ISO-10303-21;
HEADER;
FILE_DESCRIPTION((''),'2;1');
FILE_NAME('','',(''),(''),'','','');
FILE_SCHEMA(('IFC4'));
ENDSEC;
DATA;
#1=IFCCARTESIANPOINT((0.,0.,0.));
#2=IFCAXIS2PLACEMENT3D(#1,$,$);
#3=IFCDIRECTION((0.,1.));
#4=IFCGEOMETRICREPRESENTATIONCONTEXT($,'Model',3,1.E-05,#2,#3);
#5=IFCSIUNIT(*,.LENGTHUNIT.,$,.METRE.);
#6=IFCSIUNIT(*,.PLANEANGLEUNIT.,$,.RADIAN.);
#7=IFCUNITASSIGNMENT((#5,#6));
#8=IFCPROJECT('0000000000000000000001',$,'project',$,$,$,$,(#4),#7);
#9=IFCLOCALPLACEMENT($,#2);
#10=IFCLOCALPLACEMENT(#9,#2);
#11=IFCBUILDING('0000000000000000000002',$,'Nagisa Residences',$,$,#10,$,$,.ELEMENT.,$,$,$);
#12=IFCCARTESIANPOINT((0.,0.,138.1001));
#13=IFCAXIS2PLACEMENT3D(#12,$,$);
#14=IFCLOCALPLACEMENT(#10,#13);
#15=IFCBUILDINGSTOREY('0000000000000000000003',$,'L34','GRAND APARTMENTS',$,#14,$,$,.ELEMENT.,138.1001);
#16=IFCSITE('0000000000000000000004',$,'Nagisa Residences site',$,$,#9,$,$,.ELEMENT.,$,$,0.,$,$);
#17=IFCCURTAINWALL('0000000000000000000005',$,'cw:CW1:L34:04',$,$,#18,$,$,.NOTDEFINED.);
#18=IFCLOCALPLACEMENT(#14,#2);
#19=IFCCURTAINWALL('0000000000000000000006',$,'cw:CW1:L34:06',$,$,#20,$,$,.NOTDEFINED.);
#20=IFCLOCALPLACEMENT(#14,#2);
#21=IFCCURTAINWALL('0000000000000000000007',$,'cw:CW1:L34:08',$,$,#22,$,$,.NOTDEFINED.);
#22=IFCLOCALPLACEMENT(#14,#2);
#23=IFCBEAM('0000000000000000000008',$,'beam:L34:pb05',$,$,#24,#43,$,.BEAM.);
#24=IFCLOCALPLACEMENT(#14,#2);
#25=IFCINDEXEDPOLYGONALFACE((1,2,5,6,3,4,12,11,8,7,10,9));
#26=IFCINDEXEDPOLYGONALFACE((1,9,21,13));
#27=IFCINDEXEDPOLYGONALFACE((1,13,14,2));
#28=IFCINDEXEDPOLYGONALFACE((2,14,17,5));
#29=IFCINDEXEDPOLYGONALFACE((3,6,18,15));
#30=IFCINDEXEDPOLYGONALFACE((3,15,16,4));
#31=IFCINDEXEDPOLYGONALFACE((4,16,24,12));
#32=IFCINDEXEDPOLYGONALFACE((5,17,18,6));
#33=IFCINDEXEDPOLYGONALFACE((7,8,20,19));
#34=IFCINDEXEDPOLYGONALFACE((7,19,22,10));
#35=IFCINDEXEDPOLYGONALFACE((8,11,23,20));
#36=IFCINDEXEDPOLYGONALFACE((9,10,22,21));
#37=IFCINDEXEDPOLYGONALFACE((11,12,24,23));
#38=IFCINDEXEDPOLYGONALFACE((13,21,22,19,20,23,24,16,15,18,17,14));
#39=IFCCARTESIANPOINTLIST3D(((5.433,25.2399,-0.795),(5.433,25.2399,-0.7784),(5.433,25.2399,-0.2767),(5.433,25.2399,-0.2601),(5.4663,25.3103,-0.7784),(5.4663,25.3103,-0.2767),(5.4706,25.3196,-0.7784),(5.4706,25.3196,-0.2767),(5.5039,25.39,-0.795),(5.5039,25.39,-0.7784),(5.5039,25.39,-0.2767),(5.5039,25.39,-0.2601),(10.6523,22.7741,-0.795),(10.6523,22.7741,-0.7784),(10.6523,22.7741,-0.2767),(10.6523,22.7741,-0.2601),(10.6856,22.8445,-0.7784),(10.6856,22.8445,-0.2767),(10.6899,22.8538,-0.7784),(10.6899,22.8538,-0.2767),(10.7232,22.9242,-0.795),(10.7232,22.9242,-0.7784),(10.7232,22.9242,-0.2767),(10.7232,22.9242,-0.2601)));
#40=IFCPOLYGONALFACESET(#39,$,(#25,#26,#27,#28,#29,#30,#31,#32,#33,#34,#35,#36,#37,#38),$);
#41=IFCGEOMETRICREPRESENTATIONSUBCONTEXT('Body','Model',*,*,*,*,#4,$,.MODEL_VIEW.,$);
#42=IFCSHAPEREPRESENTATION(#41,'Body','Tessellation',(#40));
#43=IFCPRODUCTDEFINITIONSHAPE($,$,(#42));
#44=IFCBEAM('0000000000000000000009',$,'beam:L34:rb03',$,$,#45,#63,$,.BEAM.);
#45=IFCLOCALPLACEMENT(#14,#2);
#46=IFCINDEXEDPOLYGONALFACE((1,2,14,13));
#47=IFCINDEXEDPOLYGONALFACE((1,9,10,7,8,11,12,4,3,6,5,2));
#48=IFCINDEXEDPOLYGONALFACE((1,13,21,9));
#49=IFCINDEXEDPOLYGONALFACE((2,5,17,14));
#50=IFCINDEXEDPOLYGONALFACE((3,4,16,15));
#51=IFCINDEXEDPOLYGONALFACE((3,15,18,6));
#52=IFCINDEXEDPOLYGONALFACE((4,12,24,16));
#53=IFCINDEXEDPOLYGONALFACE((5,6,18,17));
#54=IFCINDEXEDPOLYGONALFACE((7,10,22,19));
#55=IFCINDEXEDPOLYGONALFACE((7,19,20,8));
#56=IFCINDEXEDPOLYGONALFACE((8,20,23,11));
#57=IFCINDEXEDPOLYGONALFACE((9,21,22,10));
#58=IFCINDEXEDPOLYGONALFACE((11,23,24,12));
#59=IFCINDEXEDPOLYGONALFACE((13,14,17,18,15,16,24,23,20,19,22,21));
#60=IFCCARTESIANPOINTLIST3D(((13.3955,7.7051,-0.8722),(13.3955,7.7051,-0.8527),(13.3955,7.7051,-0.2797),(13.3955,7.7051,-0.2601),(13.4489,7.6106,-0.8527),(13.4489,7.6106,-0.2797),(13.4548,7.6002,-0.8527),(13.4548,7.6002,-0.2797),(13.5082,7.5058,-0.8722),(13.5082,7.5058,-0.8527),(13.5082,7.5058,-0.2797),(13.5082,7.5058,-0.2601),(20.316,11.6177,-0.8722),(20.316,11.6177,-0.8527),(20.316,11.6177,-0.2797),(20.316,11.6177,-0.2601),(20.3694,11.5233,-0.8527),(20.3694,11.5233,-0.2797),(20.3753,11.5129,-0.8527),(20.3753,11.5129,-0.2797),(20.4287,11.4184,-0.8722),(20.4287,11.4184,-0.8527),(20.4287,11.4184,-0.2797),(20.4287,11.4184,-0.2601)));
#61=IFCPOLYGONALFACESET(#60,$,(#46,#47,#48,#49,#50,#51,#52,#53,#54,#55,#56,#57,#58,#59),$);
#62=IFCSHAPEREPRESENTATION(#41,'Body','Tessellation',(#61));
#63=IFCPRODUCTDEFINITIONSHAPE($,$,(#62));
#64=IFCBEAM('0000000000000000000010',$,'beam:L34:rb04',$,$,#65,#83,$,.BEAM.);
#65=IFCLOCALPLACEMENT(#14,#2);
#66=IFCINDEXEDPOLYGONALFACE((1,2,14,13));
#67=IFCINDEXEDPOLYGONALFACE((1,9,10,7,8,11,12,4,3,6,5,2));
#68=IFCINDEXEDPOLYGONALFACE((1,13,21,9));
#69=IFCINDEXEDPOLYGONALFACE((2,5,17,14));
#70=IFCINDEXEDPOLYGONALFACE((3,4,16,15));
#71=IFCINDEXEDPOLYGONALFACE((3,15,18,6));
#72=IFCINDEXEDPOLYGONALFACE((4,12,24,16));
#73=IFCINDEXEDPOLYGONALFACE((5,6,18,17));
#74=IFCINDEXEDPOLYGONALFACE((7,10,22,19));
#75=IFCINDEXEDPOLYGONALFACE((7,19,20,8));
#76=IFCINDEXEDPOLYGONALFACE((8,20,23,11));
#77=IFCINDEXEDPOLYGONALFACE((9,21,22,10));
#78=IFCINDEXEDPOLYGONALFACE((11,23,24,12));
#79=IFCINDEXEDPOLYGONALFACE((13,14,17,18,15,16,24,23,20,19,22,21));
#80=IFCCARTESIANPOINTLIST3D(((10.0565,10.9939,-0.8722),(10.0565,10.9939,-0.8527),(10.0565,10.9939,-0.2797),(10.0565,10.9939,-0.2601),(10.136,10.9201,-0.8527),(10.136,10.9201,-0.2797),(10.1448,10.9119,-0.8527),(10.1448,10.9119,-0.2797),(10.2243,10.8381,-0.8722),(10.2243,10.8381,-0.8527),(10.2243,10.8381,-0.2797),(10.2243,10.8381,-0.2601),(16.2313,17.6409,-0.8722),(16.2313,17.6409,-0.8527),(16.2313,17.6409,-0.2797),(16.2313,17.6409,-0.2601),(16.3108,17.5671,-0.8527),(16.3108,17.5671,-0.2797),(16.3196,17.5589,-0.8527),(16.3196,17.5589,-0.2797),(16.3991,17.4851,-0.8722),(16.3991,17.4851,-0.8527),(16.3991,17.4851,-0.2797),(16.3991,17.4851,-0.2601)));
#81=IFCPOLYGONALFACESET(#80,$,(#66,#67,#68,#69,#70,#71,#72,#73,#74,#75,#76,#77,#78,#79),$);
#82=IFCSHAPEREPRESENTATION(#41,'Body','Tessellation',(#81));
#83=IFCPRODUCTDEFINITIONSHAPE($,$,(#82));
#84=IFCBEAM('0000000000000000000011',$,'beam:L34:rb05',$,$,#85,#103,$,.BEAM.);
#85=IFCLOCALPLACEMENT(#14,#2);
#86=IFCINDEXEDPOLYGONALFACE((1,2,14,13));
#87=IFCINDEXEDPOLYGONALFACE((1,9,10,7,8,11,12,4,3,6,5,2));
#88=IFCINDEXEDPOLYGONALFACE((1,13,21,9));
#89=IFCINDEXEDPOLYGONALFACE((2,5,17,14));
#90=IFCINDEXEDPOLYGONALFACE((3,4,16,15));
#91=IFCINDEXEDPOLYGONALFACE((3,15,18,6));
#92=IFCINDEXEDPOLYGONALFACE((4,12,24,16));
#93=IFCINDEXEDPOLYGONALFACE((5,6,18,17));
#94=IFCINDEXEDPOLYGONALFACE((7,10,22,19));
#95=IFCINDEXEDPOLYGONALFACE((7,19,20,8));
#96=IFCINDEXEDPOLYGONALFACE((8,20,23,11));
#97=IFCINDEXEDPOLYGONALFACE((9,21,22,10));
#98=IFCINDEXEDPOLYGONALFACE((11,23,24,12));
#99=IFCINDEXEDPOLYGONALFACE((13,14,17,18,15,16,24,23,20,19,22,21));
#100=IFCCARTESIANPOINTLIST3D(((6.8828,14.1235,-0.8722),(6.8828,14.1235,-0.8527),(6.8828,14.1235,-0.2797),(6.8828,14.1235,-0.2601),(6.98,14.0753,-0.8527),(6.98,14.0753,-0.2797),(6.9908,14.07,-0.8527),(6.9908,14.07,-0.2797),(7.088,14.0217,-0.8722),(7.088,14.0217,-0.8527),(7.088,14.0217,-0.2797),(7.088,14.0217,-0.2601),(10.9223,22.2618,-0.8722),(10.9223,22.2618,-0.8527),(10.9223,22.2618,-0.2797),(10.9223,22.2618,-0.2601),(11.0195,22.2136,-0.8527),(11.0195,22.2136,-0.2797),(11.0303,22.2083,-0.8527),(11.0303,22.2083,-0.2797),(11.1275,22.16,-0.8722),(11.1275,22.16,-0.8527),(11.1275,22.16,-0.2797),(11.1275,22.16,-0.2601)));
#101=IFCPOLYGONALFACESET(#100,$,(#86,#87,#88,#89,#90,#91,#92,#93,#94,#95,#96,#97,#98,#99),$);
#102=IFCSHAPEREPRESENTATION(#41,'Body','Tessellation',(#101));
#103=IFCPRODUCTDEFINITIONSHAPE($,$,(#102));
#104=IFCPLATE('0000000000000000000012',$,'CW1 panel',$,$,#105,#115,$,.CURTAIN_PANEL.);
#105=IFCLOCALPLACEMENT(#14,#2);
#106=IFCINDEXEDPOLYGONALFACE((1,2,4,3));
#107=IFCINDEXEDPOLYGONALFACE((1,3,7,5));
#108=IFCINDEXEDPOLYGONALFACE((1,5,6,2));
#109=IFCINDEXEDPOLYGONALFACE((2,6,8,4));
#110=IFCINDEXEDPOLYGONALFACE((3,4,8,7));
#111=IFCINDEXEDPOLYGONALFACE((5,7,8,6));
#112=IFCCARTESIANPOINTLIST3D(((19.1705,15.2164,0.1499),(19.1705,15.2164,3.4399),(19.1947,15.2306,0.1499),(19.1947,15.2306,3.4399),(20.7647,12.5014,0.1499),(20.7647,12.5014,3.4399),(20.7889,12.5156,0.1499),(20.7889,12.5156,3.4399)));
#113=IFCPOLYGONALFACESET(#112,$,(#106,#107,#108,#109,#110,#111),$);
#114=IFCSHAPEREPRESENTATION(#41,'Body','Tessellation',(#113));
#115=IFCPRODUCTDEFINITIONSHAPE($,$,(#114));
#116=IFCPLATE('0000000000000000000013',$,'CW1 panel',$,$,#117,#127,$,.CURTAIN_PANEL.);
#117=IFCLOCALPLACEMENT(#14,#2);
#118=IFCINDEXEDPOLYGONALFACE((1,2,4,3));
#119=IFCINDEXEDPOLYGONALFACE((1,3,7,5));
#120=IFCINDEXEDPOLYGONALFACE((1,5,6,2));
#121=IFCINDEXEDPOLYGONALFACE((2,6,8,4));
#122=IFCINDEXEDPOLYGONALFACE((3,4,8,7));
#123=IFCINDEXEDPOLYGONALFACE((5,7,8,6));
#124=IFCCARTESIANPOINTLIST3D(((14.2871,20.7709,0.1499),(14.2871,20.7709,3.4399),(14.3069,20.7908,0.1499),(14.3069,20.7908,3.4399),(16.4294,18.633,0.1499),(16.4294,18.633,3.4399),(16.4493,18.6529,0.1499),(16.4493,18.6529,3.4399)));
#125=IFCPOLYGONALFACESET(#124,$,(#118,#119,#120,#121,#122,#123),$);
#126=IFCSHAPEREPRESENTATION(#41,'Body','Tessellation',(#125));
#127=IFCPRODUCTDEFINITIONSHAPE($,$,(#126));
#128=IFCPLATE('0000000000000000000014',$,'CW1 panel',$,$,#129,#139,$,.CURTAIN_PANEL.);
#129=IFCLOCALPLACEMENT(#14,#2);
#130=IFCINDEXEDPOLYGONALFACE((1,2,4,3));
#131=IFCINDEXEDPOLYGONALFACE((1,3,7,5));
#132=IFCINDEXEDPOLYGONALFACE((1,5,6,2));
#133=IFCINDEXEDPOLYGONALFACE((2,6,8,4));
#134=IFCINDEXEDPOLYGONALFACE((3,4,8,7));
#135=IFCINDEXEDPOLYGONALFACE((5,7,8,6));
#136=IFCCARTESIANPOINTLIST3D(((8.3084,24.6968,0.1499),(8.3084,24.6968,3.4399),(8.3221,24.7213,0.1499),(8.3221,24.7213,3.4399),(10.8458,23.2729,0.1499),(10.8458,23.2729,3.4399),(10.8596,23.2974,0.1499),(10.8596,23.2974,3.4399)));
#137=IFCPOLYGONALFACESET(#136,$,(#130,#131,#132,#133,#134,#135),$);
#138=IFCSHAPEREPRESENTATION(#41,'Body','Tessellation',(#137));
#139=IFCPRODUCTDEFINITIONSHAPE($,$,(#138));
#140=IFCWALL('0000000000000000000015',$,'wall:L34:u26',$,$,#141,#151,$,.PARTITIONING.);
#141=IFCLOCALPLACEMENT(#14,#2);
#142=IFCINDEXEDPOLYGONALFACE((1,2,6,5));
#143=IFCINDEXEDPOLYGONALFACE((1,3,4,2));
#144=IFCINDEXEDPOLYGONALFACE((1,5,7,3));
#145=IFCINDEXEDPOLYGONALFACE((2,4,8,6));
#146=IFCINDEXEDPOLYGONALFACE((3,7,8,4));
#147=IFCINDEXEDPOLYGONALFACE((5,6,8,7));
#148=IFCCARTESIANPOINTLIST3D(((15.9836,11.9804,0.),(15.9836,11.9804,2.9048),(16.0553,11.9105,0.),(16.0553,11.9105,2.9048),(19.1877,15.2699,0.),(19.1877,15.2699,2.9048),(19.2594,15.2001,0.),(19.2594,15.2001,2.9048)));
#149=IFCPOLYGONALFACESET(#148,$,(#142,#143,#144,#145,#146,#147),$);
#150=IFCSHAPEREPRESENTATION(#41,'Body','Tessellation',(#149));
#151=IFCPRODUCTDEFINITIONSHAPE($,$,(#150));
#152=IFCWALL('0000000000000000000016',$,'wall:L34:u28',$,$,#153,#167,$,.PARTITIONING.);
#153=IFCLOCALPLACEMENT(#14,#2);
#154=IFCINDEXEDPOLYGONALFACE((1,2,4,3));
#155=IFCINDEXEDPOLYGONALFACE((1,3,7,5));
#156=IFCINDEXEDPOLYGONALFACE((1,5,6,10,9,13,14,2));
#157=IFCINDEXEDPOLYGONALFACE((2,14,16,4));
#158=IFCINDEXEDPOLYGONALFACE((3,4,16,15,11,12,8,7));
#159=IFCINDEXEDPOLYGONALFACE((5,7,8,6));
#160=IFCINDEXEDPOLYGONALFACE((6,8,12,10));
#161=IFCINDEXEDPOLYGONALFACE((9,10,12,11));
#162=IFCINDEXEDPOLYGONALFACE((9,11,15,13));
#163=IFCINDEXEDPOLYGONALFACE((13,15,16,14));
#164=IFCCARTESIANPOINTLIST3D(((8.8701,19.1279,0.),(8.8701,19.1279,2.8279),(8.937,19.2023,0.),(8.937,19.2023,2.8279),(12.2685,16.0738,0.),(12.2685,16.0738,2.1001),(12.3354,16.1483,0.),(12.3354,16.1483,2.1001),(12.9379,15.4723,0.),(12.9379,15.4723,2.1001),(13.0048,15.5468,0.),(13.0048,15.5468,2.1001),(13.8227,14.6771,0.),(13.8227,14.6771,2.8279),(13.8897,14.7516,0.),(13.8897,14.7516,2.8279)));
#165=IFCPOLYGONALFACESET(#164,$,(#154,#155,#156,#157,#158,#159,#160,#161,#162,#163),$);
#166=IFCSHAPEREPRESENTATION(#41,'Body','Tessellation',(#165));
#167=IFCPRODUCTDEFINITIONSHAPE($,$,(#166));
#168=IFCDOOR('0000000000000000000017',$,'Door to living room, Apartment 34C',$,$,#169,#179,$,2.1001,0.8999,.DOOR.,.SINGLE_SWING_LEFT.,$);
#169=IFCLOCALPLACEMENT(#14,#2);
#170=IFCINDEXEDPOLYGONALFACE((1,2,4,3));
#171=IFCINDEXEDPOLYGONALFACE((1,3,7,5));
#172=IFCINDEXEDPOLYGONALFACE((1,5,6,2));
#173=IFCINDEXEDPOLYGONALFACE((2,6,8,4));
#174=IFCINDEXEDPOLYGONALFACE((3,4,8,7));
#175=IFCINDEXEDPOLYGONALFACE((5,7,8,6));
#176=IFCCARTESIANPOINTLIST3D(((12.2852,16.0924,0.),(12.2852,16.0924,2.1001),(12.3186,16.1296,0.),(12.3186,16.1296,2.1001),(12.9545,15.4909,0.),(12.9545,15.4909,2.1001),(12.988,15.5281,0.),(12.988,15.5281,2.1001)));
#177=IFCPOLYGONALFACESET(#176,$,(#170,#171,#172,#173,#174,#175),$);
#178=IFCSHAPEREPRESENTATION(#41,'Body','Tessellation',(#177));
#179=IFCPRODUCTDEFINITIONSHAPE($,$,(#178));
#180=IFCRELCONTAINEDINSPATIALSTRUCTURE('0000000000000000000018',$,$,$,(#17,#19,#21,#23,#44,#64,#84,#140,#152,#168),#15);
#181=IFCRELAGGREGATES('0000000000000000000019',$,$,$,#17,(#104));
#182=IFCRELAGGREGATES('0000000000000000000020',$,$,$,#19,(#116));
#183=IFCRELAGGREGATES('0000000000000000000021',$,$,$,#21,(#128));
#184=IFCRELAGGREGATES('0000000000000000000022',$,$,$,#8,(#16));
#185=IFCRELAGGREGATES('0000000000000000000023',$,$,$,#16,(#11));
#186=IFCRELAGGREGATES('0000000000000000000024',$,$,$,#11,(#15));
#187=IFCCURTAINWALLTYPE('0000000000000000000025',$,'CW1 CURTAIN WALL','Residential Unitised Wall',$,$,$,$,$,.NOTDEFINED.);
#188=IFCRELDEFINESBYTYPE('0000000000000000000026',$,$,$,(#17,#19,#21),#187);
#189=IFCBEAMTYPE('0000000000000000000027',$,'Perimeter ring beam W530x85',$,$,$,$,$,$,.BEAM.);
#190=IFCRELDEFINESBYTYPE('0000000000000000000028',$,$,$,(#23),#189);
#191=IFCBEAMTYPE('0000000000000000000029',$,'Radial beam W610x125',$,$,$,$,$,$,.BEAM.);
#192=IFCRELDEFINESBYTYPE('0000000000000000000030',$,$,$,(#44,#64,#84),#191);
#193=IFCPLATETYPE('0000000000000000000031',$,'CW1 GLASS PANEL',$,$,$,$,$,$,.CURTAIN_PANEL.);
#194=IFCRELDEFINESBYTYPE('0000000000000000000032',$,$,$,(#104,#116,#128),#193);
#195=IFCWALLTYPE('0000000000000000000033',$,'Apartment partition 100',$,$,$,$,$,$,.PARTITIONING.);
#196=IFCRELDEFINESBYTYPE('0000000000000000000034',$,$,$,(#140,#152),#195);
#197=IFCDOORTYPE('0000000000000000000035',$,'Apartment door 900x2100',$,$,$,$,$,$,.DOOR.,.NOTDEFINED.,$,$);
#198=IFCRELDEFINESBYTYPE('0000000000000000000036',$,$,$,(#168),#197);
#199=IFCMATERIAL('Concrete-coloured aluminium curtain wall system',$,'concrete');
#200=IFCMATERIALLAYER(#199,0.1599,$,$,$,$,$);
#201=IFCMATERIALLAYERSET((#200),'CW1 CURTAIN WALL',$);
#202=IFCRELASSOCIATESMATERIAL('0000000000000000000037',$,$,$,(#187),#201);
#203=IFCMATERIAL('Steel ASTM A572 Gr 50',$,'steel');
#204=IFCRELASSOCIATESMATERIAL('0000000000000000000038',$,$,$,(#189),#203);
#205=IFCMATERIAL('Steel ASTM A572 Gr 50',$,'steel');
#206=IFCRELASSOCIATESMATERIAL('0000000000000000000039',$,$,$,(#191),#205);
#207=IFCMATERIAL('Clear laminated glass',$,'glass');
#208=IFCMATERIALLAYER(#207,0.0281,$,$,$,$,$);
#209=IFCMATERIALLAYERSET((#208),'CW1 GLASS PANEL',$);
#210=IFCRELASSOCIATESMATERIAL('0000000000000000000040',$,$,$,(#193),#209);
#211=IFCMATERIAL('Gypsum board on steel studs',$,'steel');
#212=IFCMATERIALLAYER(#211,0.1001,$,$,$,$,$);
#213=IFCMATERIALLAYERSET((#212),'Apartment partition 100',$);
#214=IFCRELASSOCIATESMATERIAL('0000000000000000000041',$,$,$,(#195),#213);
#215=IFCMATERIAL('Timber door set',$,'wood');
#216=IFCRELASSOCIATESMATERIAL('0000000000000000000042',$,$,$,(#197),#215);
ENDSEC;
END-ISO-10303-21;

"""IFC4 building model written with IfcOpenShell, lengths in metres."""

from ifc_helpers import new_model, si_unit, direction, frame, frame_2d, origin, origin_2d, place, context, subcontext, project, spatial, rectangle, i_section, extrude, material, layer, layer_set, material_profile, profile_set, type_object, element, fill, aggregate, save


model = new_model("IFC4")

# Units and contexts
model_context = context("Model", 3, precision=1e-05, world=origin(), true_north=direction((0.0, 1.0)))
body_context = subcontext(model_context, "Body", "Model", "MODEL_VIEW")
ifc_project = project(units=[si_unit("LENGTHUNIT", "METRE"), si_unit("PLANEANGLEUNIT", "RADIAN")], contexts=[model_context])

# Site, building, storey
site_placement = place(None, origin())
site = spatial("IfcSite", under=ifc_project, at=site_placement, Name="Nagisa Residences site", CompositionType="ELEMENT", RefElevation=0.0)
building_placement = place(site_placement, origin())
building = spatial("IfcBuilding", under=site, at=building_placement, Name="Nagisa Residences", CompositionType="ELEMENT")
storey_placement = place(building_placement, frame((0.0, 0.0, 138.1001)))
storey = spatial("IfcBuildingStorey", under=building, at=storey_placement, Name="L34", Description="GRAND APARTMENTS", CompositionType="ELEMENT", Elevation=138.1001)

# Curtain walls
ifc_material_1 = material(Name="Concrete-coloured aluminium curtain wall system", Category="concrete")
ifc_layer_1 = layer(ifc_material_1, 0.1599)
ifc_layer_set_1 = layer_set([ifc_layer_1], Name="CW1 CURTAIN WALL")
curtain_wall_type = type_object("IfcCurtainWallType", Name="CW1 CURTAIN WALL", Description="Residential Unitised Wall", PredefinedType="NOTDEFINED", material=ifc_layer_set_1)
curtain_wall_1_placement = place(storey_placement, origin())
curtain_wall_1 = element("IfcCurtainWall", 1, at=curtain_wall_1_placement, inside=storey, type_object=curtain_wall_type, Name="cw:CW1:L34:04", PredefinedType="NOTDEFINED")
curtain_wall_2_placement = place(storey_placement, origin())
curtain_wall_2 = element("IfcCurtainWall", 2, at=curtain_wall_2_placement, inside=storey, type_object=curtain_wall_type, Name="cw:CW1:L34:06", PredefinedType="NOTDEFINED")
curtain_wall_3_placement = place(storey_placement, origin())
curtain_wall_3 = element("IfcCurtainWall", 3, at=curtain_wall_3_placement, inside=storey, type_object=curtain_wall_type, Name="cw:CW1:L34:08", PredefinedType="NOTDEFINED")

# Beams
ifc_material_2 = material(Name="Steel ASTM A572 Gr 50", Category="steel")
ifc_material_profile_1 = material_profile(ifc_material_2, i_section(OverallWidth=0.166, OverallDepth=0.5349, WebThickness=0.0103, FlangeThickness=0.0166, at=origin_2d()), Name="W530x85")
ifc_profile_set_1 = profile_set([ifc_material_profile_1], Name="Steel ASTM A572 Gr 50")
beam_type_1 = type_object("IfcBeamType", Name="Perimeter ring beam W530x85", PredefinedType="BEAM", material=ifc_profile_set_1)
beam_1_placement = place(storey_placement, frame((10.6877, 22.8491, -0.5276), z_axis=(-0.90417, 0.427173, 0.0), x_axis=(-0.427173, -0.90417, 0.0)))
element("IfcBeam", 4, at=beam_1_placement, inside=storey, type_object=beam_type_1, Name="beam:L34:pb05", PredefinedType="BEAM", context=body_context, shape_type="SweptSolid", body=[
    extrude(i_section(OverallWidth=0.166, OverallDepth=0.5349, WebThickness=0.0103, FlangeThickness=0.0166, at=origin_2d()), origin(), (0.0, 0.0, 1.0), 5.7725),
])
ifc_material_3 = material(Name="Steel ASTM A572 Gr 50", Category="steel")
ifc_material_profile_2 = material_profile(ifc_material_3, i_section(OverallWidth=0.229, OverallDepth=0.6121, WebThickness=0.012, FlangeThickness=0.0195, at=origin_2d()), Name="W610x125")
ifc_profile_set_2 = profile_set([ifc_material_profile_2], Name="Steel ASTM A572 Gr 50")
beam_type_2 = type_object("IfcBeamType", Name="Radial beam W610x125", PredefinedType="BEAM", material=ifc_profile_set_2)
beam_2_placement = place(storey_placement, frame((20.3723, 11.5181, -0.5662), z_axis=(-0.870506, -0.492158, 0.0), x_axis=(0.492158, -0.870506, 0.0)))
element("IfcBeam", 5, at=beam_2_placement, inside=storey, type_object=beam_type_2, Name="beam:L34:rb03", PredefinedType="BEAM", context=body_context, shape_type="SweptSolid", body=[
    extrude(i_section(OverallWidth=0.229, OverallDepth=0.6121, WebThickness=0.012, FlangeThickness=0.0195, at=origin_2d()), origin(), (0.0, 0.0, 1.0), 7.95),
])
beam_3_placement = place(storey_placement, frame((16.3152, 17.563, -0.5662), z_axis=(-0.680606, -0.73265, 0.0), x_axis=(0.73265, -0.680606, 0.0)))
element("IfcBeam", 6, at=beam_3_placement, inside=storey, type_object=beam_type_2, Name="beam:L34:rb04", PredefinedType="BEAM", context=body_context, shape_type="SweptSolid", body=[
    extrude(i_section(OverallWidth=0.229, OverallDepth=0.6121, WebThickness=0.012, FlangeThickness=0.0195, at=origin_2d()), origin(), (0.0, 0.0, 1.0), 9.0725),
])
beam_4_placement = place(storey_placement, frame((11.0249, 22.2109, -0.5662), z_axis=(-0.4446, -0.895729, 0.0), x_axis=(0.895729, -0.4446, 0.0)))
element("IfcBeam", 7, at=beam_4_placement, inside=storey, type_object=beam_type_2, Name="beam:L34:rb05", PredefinedType="BEAM", context=body_context, shape_type="SweptSolid", body=[
    extrude(i_section(OverallWidth=0.229, OverallDepth=0.6121, WebThickness=0.012, FlangeThickness=0.0195, at=origin_2d()), origin(), (0.0, 0.0, 1.0), 9.0857),
])

# Plates
ifc_material_4 = material(Name="Clear laminated glass", Category="glass")
ifc_layer_2 = layer(ifc_material_4, 0.0281)
ifc_layer_set_2 = layer_set([ifc_layer_2], Name="CW1 GLASS PANEL")
plate_type = type_object("IfcPlateType", Name="CW1 GLASS PANEL", PredefinedType="CURTAIN_PANEL", material=ifc_layer_set_2)
plate_1_placement = place(storey_placement, frame((19.9797, 13.866, 0.1499), z_axis=(0.0, 0.0, 1.0), x_axis=(-0.506349, 0.862329, 0.0)))
plate_1 = element("IfcPlate", 8, at=plate_1_placement, type_object=plate_type, Name="CW1 panel", PredefinedType="CURTAIN_PANEL", context=body_context, shape_type="SweptSolid", body=[
    extrude(rectangle(XDim=3.1484, YDim=0.0281, at=origin_2d()), origin(), (0.0, 0.0, 1.0), 3.29),
])
aggregate(curtain_wall_1, [plate_1])
plate_2_placement = place(storey_placement, frame((15.3682, 19.7119, 0.1499), z_axis=(0.0, 0.0, 1.0), x_axis=(-0.707836, 0.706377, 0.0)))
plate_2 = element("IfcPlate", 9, at=plate_2_placement, type_object=plate_type, Name="CW1 panel", PredefinedType="CURTAIN_PANEL", context=body_context, shape_type="SweptSolid", body=[
    extrude(rectangle(XDim=3.0266, YDim=0.0281, at=origin_2d()), origin(), (0.0, 0.0, 1.0), 3.29),
])
aggregate(curtain_wall_2, [plate_2])
plate_3_placement = place(storey_placement, frame((9.584, 23.9971, 0.1499), z_axis=(0.0, 0.0, 1.0), x_axis=(-0.872072, 0.489377, 0.0)))
plate_3 = element("IfcPlate", 10, at=plate_3_placement, type_object=plate_type, Name="CW1 panel", PredefinedType="CURTAIN_PANEL", context=body_context, shape_type="SweptSolid", body=[
    extrude(rectangle(XDim=2.9097, YDim=0.0281, at=origin_2d()), origin(), (0.0, 0.0, 1.0), 3.29),
])
aggregate(curtain_wall_3, [plate_3])

# Wall
ifc_material_5 = material(Name="Gypsum board on steel studs", Category="steel")
ifc_layer_3 = layer(ifc_material_5, 0.1001)
ifc_layer_set_3 = layer_set([ifc_layer_3], Name="Apartment partition 100")
wall_type_1 = type_object("IfcWallType", Name="Apartment partition 100", PredefinedType="PARTITIONING", material=ifc_layer_set_3)
wall_1_placement = place(storey_placement, frame((16.0195, 11.9456, 0.0), z_axis=(0.0, 0.0, 1.0), x_axis=(0.697742, 0.716349, 0.0)))
element("IfcWall", 11, at=wall_1_placement, inside=storey, type_object=wall_type_1, Name="wall:L34:u26", PredefinedType="PARTITIONING", context=body_context, shape_type="SweptSolid", body=[
    extrude(rectangle(XDim=4.592, YDim=0.1001, at=frame_2d((2.2959, 0.0))), origin(), (0.0, 0.0, 1.0), 2.9048),
])

# Wall, opening, door
wall_2_placement = place(storey_placement, frame((13.8562, 14.7144, 0.0), z_axis=(0.0, 0.0, 1.0), x_axis=(-0.743793, 0.66841, 0.0)))
wall_2 = element("IfcWall", 12, at=wall_2_placement, inside=storey, type_object=wall_type_1, Name="wall:L34:u28", PredefinedType="PARTITIONING", context=body_context, shape_type="SweptSolid", body=[
    extrude(rectangle(XDim=6.6587, YDim=0.1001, at=frame_2d((3.3293, 0.0))), origin(), (0.0, 0.0, 1.0), 2.8279),
])
opening_1_placement = place(wall_2_placement, frame((1.1897, 0.0, 0.0)))
opening_1 = element("IfcOpeningElement", 13, at=opening_1_placement, cuts=wall_2, PredefinedType="OPENING", context=body_context, shape_type="SweptSolid", body=[
    extrude(rectangle(XDim=0.8999, YDim=2.1001, at=frame_2d((0.45, 1.05))), frame((0.0, 0.0601, 0.0), z_axis=(0.0, -1.0, 0.0), x_axis=(1.0, 0.0, 0.0)), (0.0, 0.0, 1.0), 0.1201),
])
ifc_material_6 = material(Name="Timber door set", Category="wood")
door_type_1 = type_object("IfcDoorType", Name="Apartment door 900x2100", OperationType="NOTDEFINED", PredefinedType="DOOR", material=ifc_material_6)
door_1_placement = place(opening_1_placement, frame((0.8999, 0.0, 0.0), x_axis=(-1.0, 0.0, 0.0)))
door_1 = element("IfcDoor", 14, at=door_1_placement, inside=storey, type_object=door_type_1, Name="Door to living room, Apartment 34C", OperationType="SINGLE_SWING_LEFT", OverallHeight=2.1001, OverallWidth=0.8999, PredefinedType="DOOR", context=body_context, shape_type="SweptSolid", body=[
    extrude(rectangle(XDim=0.8999, YDim=2.1001, at=frame_2d((0.45, 1.05))), frame((0.0, 0.0249, 0.0), z_axis=(0.0, -1.0, 0.0), x_axis=(1.0, 0.0, 0.0)), (0.0, 0.0, 1.0), 0.05),
])
fill(opening_1, door_1)

save(model, "model.ifc")
